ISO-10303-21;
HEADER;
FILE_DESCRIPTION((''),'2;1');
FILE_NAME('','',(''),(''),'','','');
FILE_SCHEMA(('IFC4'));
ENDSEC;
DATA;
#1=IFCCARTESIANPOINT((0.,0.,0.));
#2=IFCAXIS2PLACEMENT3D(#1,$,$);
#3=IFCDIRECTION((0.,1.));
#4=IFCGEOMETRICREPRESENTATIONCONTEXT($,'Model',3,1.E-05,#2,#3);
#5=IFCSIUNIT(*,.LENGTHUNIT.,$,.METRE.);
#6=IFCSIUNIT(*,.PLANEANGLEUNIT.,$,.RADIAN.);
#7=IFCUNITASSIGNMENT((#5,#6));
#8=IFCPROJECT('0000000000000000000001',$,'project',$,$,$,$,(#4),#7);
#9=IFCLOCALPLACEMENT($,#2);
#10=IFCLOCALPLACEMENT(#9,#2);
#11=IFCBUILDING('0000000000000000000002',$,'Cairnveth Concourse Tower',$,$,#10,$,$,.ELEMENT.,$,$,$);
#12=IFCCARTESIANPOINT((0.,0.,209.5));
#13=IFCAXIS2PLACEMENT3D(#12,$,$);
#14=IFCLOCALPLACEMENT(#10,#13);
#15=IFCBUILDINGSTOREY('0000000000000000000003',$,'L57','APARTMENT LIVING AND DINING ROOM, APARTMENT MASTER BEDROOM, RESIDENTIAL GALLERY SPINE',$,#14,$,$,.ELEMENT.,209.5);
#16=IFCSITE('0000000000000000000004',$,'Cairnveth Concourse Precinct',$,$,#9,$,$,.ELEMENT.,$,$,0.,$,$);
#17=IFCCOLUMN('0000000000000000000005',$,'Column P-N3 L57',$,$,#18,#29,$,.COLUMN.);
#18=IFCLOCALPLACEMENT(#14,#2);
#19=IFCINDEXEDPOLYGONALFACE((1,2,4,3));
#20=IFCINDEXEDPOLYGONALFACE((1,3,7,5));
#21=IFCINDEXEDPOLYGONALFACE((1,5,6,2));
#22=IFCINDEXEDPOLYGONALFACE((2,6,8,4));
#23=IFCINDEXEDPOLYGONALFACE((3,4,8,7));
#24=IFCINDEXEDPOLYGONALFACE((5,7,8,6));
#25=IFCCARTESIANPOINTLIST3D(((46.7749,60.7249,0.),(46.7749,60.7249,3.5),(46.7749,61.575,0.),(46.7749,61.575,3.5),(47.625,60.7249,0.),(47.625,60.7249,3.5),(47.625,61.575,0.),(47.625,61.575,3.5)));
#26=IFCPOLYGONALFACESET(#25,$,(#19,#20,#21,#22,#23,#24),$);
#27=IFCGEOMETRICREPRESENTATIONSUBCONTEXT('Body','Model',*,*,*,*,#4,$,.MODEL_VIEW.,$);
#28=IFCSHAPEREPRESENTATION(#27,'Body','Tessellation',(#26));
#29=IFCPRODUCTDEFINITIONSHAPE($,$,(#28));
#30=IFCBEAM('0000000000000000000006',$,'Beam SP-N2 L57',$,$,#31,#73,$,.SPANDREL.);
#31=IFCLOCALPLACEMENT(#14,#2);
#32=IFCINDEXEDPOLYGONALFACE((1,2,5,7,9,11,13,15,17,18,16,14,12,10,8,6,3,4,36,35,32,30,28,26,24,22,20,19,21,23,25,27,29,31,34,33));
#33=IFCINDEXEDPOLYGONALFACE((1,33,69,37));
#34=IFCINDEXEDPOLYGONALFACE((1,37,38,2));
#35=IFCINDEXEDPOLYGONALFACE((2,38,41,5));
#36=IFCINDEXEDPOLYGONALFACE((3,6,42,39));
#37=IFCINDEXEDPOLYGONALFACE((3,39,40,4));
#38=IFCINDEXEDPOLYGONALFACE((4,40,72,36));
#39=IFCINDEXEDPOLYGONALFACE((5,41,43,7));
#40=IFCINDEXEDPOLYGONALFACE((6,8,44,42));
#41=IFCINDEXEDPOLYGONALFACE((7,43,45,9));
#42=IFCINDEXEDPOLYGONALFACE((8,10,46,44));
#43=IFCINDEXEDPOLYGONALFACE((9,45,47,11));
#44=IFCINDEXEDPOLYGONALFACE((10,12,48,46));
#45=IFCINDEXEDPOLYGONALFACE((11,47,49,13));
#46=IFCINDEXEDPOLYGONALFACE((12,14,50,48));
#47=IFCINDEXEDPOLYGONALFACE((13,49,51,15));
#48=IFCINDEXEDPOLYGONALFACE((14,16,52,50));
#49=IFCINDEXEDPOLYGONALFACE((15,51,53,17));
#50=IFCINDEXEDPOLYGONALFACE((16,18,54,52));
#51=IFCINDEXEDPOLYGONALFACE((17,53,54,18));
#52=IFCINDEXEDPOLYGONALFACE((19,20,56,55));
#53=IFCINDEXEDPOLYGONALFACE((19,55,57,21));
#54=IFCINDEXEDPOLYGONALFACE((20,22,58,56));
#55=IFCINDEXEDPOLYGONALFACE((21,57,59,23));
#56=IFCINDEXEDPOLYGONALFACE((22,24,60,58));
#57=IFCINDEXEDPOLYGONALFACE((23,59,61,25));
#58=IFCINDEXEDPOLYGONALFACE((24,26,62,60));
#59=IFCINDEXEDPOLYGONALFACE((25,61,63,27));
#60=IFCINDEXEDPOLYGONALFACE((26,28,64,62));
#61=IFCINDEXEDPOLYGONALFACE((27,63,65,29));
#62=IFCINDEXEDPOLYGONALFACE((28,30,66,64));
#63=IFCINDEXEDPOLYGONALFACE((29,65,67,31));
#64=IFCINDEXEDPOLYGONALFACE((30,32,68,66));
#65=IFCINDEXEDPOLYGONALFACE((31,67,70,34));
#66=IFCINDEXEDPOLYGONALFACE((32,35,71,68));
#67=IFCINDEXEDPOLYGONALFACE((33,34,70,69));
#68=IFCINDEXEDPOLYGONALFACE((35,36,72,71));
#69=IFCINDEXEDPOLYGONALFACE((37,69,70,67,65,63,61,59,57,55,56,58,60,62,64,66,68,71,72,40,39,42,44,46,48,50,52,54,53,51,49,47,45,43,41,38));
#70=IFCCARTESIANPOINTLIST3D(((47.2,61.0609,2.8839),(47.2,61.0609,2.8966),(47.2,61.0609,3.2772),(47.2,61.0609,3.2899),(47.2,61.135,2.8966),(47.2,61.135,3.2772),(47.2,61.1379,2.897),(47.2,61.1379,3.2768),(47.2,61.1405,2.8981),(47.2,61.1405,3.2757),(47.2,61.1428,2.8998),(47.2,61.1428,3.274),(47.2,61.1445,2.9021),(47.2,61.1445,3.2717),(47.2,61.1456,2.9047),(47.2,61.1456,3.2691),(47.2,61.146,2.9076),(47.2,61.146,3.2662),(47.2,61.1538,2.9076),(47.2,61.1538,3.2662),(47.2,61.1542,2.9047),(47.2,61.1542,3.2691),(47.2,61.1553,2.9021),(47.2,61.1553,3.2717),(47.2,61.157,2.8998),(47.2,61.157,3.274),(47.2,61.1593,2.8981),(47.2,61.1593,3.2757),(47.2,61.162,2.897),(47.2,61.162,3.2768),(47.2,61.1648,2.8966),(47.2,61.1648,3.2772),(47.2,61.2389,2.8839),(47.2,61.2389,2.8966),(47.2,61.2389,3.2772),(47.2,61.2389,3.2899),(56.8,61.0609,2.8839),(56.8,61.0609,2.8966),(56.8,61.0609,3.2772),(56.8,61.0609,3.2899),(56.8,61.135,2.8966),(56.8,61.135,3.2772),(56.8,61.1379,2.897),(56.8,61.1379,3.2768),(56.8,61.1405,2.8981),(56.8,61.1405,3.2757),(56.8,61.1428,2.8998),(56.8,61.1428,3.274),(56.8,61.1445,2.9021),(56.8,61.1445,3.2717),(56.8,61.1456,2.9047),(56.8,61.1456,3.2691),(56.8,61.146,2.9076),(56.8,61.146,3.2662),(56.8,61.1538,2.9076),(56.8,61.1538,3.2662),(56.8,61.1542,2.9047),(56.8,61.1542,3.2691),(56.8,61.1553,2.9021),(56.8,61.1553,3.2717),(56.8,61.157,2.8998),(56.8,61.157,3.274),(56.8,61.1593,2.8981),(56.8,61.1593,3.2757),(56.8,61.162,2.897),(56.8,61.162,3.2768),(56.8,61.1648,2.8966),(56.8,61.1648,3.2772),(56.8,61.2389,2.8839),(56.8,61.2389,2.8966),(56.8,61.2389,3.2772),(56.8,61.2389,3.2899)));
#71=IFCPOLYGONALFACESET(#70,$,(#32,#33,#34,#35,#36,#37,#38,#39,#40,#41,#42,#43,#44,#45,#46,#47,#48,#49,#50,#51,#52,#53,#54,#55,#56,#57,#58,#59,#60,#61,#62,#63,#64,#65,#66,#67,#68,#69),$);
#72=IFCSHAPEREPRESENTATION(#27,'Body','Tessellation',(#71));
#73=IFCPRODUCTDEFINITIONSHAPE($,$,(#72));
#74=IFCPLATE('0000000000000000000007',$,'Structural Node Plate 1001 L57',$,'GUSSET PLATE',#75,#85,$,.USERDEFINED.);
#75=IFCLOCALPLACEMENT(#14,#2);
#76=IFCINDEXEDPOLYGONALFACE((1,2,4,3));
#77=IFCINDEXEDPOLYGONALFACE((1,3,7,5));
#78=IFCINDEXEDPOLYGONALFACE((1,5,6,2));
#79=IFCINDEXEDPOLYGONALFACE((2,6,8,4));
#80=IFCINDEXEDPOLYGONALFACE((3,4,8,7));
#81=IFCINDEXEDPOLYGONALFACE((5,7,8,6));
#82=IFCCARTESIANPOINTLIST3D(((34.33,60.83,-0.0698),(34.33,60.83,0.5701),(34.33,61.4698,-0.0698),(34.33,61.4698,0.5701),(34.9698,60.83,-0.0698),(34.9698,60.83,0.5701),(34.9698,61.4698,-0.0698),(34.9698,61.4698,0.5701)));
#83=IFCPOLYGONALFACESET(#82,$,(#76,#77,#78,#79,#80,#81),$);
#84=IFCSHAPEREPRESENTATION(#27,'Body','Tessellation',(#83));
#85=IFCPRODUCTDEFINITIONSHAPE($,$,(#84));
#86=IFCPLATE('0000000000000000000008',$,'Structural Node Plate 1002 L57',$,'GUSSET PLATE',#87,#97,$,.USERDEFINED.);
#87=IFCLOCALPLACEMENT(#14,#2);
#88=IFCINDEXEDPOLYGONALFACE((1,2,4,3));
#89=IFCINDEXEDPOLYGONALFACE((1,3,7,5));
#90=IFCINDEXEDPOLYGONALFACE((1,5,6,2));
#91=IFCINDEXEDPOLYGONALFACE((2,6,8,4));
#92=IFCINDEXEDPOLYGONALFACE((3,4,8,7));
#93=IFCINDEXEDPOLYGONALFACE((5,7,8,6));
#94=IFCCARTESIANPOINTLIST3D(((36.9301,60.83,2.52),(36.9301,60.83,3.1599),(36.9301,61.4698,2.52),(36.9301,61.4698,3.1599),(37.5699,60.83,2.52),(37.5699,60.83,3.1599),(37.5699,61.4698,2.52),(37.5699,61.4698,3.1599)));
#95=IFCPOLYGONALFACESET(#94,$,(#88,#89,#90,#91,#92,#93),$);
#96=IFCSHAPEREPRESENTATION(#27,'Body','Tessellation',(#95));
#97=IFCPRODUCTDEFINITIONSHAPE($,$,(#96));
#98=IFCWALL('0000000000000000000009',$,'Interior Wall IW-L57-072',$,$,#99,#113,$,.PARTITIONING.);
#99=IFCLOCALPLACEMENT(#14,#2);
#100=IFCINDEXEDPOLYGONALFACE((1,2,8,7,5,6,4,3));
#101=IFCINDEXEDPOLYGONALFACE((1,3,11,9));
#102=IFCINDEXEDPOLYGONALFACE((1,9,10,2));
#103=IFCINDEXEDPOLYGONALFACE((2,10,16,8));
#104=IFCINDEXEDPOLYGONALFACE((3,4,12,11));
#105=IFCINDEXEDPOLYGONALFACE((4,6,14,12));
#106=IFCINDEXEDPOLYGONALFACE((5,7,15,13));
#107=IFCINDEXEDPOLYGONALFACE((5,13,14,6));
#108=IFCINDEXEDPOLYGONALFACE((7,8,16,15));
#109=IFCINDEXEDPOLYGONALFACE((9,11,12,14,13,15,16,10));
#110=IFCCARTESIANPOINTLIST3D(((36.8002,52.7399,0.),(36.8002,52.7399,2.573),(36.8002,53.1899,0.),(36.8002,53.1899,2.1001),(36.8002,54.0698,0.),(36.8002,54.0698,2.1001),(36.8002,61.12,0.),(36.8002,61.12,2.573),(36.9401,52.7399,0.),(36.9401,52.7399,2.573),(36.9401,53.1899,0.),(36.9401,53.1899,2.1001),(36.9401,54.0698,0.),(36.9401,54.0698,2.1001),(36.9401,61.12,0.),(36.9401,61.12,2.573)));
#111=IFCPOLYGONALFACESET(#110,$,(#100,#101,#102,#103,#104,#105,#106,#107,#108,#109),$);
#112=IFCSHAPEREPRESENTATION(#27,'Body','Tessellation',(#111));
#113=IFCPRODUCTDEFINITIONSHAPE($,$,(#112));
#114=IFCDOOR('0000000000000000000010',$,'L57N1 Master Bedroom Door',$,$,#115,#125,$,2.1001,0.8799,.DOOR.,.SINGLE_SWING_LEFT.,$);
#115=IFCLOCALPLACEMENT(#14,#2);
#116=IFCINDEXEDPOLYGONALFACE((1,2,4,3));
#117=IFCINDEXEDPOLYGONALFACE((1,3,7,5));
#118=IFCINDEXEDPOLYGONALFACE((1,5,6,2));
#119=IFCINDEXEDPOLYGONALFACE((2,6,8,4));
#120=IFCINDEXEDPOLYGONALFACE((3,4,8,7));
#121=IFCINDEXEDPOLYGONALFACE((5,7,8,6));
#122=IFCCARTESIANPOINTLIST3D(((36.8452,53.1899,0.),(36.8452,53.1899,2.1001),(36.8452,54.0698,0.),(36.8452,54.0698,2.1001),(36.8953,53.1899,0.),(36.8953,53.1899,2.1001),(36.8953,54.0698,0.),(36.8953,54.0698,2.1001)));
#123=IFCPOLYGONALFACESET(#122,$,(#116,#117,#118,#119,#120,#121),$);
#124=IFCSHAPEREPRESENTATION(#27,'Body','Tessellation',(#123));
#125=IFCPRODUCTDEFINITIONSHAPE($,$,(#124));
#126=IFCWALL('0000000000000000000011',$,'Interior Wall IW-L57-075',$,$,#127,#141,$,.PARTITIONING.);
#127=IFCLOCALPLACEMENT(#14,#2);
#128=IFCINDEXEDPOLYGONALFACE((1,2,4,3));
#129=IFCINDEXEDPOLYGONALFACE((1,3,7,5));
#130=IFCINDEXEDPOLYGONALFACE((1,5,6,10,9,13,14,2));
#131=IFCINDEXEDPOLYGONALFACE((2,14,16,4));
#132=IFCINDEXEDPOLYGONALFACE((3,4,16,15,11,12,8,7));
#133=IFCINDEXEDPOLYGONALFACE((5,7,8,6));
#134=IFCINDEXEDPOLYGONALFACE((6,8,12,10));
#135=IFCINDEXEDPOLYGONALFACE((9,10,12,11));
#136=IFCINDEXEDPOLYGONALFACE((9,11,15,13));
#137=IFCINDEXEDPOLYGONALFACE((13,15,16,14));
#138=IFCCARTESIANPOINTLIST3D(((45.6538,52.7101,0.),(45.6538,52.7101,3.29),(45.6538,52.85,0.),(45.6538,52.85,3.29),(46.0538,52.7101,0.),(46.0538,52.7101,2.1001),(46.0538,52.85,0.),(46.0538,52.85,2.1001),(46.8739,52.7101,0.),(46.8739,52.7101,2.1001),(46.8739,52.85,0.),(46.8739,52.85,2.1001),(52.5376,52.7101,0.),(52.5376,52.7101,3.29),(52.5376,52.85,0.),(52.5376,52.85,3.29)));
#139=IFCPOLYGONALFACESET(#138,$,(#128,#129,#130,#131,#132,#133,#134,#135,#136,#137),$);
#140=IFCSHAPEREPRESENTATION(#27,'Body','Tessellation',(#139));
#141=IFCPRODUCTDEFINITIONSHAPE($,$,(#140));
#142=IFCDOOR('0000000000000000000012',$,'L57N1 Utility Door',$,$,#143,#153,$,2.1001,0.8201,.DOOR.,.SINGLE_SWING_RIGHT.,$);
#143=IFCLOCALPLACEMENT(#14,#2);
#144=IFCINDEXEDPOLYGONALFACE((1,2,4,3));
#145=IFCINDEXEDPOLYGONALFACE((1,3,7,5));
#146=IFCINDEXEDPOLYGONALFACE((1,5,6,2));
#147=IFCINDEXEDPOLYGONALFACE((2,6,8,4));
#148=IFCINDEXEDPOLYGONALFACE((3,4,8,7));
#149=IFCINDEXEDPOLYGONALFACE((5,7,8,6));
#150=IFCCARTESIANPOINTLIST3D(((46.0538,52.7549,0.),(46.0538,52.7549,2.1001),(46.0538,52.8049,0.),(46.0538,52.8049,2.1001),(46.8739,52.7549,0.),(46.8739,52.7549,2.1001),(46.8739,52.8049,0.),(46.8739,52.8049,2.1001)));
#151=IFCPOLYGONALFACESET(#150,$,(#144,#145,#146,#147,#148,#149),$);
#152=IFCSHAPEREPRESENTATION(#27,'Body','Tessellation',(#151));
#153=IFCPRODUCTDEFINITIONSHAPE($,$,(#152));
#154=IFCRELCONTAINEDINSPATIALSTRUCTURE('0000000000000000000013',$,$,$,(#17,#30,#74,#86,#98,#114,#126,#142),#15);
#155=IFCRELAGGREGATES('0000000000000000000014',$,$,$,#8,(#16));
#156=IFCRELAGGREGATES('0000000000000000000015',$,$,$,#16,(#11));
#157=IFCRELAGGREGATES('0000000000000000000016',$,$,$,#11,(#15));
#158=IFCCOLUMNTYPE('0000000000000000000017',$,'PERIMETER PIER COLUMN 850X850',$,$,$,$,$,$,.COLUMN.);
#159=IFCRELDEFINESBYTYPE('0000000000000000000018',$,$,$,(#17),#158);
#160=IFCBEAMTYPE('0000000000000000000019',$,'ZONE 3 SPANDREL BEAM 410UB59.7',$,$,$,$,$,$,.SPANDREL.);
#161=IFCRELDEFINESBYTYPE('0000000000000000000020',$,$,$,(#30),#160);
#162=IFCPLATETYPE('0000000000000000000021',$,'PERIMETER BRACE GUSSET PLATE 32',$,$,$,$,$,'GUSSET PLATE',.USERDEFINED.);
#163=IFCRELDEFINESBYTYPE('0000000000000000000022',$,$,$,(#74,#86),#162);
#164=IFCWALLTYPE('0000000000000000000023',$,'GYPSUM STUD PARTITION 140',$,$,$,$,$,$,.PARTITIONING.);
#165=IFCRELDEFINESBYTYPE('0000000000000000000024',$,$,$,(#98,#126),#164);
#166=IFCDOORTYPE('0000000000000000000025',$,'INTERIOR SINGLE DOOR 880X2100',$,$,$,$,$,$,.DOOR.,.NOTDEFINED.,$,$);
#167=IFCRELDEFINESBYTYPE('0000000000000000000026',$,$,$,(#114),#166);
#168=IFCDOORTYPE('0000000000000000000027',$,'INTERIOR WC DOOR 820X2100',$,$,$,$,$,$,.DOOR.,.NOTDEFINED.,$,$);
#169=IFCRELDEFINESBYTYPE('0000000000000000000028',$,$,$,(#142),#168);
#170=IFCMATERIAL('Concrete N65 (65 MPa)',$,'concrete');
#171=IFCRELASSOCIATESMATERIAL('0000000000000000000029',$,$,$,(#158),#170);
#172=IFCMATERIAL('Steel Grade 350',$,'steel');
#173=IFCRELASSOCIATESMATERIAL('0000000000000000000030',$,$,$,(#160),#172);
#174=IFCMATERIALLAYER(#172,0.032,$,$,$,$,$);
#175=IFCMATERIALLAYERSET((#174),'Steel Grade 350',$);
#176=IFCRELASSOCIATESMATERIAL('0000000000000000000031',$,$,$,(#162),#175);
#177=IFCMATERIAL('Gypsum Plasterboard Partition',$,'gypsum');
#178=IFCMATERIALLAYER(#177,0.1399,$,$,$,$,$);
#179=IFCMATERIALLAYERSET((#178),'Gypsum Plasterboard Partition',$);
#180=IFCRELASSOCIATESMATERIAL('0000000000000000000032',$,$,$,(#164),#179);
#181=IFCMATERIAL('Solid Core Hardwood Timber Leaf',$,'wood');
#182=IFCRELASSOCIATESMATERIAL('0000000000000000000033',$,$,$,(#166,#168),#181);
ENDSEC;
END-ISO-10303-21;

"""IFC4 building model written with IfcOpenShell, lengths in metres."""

from ifc_helpers import new_model, si_unit, direction, frame, frame_2d, origin, origin_2d, place, context, subcontext, project, spatial, rectangle, i_section, extrude, material, layer, layer_set, material_profile, profile_set, type_object, element, fill, save


model = new_model("IFC4")

# Units and contexts
model_context = context("Model", 3, precision=1e-05, world=origin(), true_north=direction((0.0, 1.0)))
body_context = subcontext(model_context, "Body", "Model", "MODEL_VIEW")
ifc_project = project(units=[si_unit("LENGTHUNIT", "METRE"), si_unit("PLANEANGLEUNIT", "RADIAN")], contexts=[model_context])

# Site, building, storey
site_placement = place(None, origin())
site = spatial("IfcSite", under=ifc_project, at=site_placement, Name="Cairnveth Concourse Precinct", CompositionType="ELEMENT", RefElevation=0.0)
building_placement = place(site_placement, origin())
building = spatial("IfcBuilding", under=site, at=building_placement, Name="Cairnveth Concourse Tower", CompositionType="ELEMENT")
storey_placement = place(building_placement, frame((0.0, 0.0, 209.5)))
storey = spatial("IfcBuildingStorey", under=building, at=storey_placement, Name="L57", Description="APARTMENT LIVING AND DINING ROOM, APARTMENT MASTER BEDROOM, RESIDENTIAL GALLERY SPINE", CompositionType="ELEMENT", Elevation=209.5)

# Column
ifc_material_1 = material(Name="Concrete N65 (65 MPa)", Category="concrete")
ifc_material_profile_1 = material_profile(ifc_material_1, rectangle(XDim=0.8501, YDim=0.8501, at=origin_2d()), Name="RC-COL-850x850")
ifc_profile_set_1 = profile_set([ifc_material_profile_1], Name="Concrete N65 (65 MPa)")
column_type = type_object("IfcColumnType", Name="PERIMETER PIER COLUMN 850X850", PredefinedType="COLUMN", material=ifc_profile_set_1)
column_placement = place(storey_placement, frame((47.2, 61.1499, 0.0), z_axis=(0.0, 0.0, 1.0), x_axis=(1.0, 0.0, 0.0)))
element("IfcColumn", 1, at=column_placement, inside=storey, type_object=column_type, Name="Column P-N3 L57", PredefinedType="COLUMN", context=body_context, shape_type="SweptSolid", body=[
    extrude(rectangle(XDim=0.8501, YDim=0.8501, at=origin_2d()), origin(), (0.0, 0.0, 1.0), 3.5),
])

# Beam
ifc_material_2 = material(Name="Steel Grade 350", Category="steel")
ifc_material_profile_2 = material_profile(ifc_material_2, i_section(OverallWidth=0.178, OverallDepth=0.406, WebThickness=0.0078, FlangeThickness=0.0127, FilletRadius=0.011, at=origin_2d()), Name="410UB59.7")
ifc_profile_set_2 = profile_set([ifc_material_profile_2], Name="Steel Grade 350")
beam_type = type_object("IfcBeamType", Name="ZONE 3 SPANDREL BEAM 410UB59.7", PredefinedType="SPANDREL", material=ifc_profile_set_2)
beam_placement = place(storey_placement, frame((47.2, 61.1499, 3.0869), z_axis=(1.0, 0.0, 0.0), x_axis=(0.0, 1.0, 0.0)))
element("IfcBeam", 2, at=beam_placement, inside=storey, type_object=beam_type, Name="Beam SP-N2 L57", PredefinedType="SPANDREL", context=body_context, shape_type="SweptSolid", body=[
    extrude(i_section(OverallWidth=0.178, OverallDepth=0.406, WebThickness=0.0078, FlangeThickness=0.0127, FilletRadius=0.011, at=origin_2d()), origin(), (0.0, 0.0, 1.0), 9.6001),
])

# Plates
ifc_layer_1 = layer(ifc_material_2, 0.032)
ifc_layer_set_1 = layer_set([ifc_layer_1], Name="Steel Grade 350")
plate_type = type_object("IfcPlateType", Name="PERIMETER BRACE GUSSET PLATE 32", ElementType="GUSSET PLATE", PredefinedType="USERDEFINED", material=ifc_layer_set_1)
for number, where, z_axis, x_axis, name in (
    (3, (34.6499, 61.1499, -0.0698), (0.0, 0.0, 1.0), (1.0, 0.0, 0.0), "Structural Node Plate 1001 L57"),
    (4, (37.25, 61.1499, 2.52), (0.0, 0.0, 1.0), (1.0, 0.0, 0.0), "Structural Node Plate 1002 L57"),
):
    element("IfcPlate", number, at=place(storey_placement, frame(where, z_axis=z_axis, x_axis=x_axis)), inside=storey, type_object=plate_type, Name=name, ObjectType="GUSSET PLATE", PredefinedType="USERDEFINED", context=body_context, shape_type="SweptSolid", body=[
        extrude(rectangle(XDim=0.6399, YDim=0.6399, at=origin_2d()), origin(), (0.0, 0.0, 1.0), 0.6399),
    ])

# Walls, openings, doors
ifc_material_3 = material(Name="Gypsum Plasterboard Partition", Category="gypsum")
ifc_layer_2 = layer(ifc_material_3, 0.1399)
ifc_layer_set_2 = layer_set([ifc_layer_2], Name="Gypsum Plasterboard Partition")
wall_type_1 = type_object("IfcWallType", Name="GYPSUM STUD PARTITION 140", PredefinedType="PARTITIONING", material=ifc_layer_set_2)
wall_1_placement = place(storey_placement, frame((36.8701, 52.74, 0.0), z_axis=(0.0, 0.0, 1.0), x_axis=(0.0, 1.0, 0.0)))
wall_1 = element("IfcWall", 5, at=wall_1_placement, inside=storey, type_object=wall_type_1, Name="Interior Wall IW-L57-072", PredefinedType="PARTITIONING", context=body_context, shape_type="SweptSolid", body=[
    extrude(rectangle(XDim=8.3801, YDim=0.1399, at=frame_2d((4.1899, 0.0))), origin(), (0.0, 0.0, 1.0), 2.573),
])
opening_1_placement = place(wall_1_placement, frame((0.45, 0.0, 0.0)))
opening_1 = element("IfcOpeningElement", 6, at=opening_1_placement, cuts=wall_1, PredefinedType="OPENING", context=body_context, shape_type="SweptSolid", body=[
    extrude(rectangle(XDim=0.8799, YDim=2.1001, at=frame_2d((0.4399, 1.05))), frame((0.0, 0.0798, 0.0), z_axis=(0.0, -1.0, 0.0), x_axis=(1.0, 0.0, 0.0)), (0.0, 0.0, 1.0), 0.1599),
])
ifc_material_4 = material(Name="Solid Core Hardwood Timber Leaf", Category="wood")
door_type_1 = type_object("IfcDoorType", Name="INTERIOR SINGLE DOOR 880X2100", OperationType="NOTDEFINED", PredefinedType="DOOR", material=ifc_material_4)
door_1_placement = place(opening_1_placement, origin())
door_1 = element("IfcDoor", 7, at=door_1_placement, inside=storey, type_object=door_type_1, Name="L57N1 Master Bedroom Door", OperationType="SINGLE_SWING_LEFT", OverallHeight=2.1001, OverallWidth=0.8799, PredefinedType="DOOR", context=body_context, shape_type="SweptSolid", body=[
    extrude(rectangle(XDim=0.8799, YDim=2.1001, at=frame_2d((0.4399, 1.05))), frame((0.0, 0.0249, 0.0), z_axis=(0.0, -1.0, 0.0), x_axis=(1.0, 0.0, 0.0)), (0.0, 0.0, 1.0), 0.05),
])
fill(opening_1, door_1)
wall_2_placement = place(storey_placement, frame((45.6538, 52.78, 0.0), z_axis=(0.0, 0.0, 1.0), x_axis=(1.0, 0.0, 0.0)))
wall_2 = element("IfcWall", 8, at=wall_2_placement, inside=storey, type_object=wall_type_1, Name="Interior Wall IW-L57-075", PredefinedType="PARTITIONING", context=body_context, shape_type="SweptSolid", body=[
    extrude(rectangle(XDim=6.8838, YDim=0.1399, at=frame_2d((3.4419, 0.0))), origin(), (0.0, 0.0, 1.0), 3.29),
])
opening_2_placement = place(wall_2_placement, frame((0.3999, 0.0, 0.0)))
opening_2 = element("IfcOpeningElement", 9, at=opening_2_placement, cuts=wall_2, PredefinedType="OPENING", context=body_context, shape_type="SweptSolid", body=[
    extrude(rectangle(XDim=0.8201, YDim=2.1001, at=frame_2d((0.4102, 1.05))), frame((0.0, 0.0798, 0.0), z_axis=(0.0, -1.0, 0.0), x_axis=(1.0, 0.0, 0.0)), (0.0, 0.0, 1.0), 0.1599),
])
door_type_2 = type_object("IfcDoorType", Name="INTERIOR WC DOOR 820X2100", OperationType="NOTDEFINED", PredefinedType="DOOR", material=ifc_material_4)
door_2_placement = place(opening_2_placement, origin())
door_2 = element("IfcDoor", 10, at=door_2_placement, inside=storey, type_object=door_type_2, Name="L57N1 Utility Door", OperationType="SINGLE_SWING_RIGHT", OverallHeight=2.1001, OverallWidth=0.8201, PredefinedType="DOOR", context=body_context, shape_type="SweptSolid", body=[
    extrude(rectangle(XDim=0.8201, YDim=2.1001, at=frame_2d((0.4102, 1.05))), frame((0.0, 0.0249, 0.0), z_axis=(0.0, -1.0, 0.0), x_axis=(1.0, 0.0, 0.0)), (0.0, 0.0, 1.0), 0.05),
])
fill(opening_2, door_2)

save(model, "model.ifc")
